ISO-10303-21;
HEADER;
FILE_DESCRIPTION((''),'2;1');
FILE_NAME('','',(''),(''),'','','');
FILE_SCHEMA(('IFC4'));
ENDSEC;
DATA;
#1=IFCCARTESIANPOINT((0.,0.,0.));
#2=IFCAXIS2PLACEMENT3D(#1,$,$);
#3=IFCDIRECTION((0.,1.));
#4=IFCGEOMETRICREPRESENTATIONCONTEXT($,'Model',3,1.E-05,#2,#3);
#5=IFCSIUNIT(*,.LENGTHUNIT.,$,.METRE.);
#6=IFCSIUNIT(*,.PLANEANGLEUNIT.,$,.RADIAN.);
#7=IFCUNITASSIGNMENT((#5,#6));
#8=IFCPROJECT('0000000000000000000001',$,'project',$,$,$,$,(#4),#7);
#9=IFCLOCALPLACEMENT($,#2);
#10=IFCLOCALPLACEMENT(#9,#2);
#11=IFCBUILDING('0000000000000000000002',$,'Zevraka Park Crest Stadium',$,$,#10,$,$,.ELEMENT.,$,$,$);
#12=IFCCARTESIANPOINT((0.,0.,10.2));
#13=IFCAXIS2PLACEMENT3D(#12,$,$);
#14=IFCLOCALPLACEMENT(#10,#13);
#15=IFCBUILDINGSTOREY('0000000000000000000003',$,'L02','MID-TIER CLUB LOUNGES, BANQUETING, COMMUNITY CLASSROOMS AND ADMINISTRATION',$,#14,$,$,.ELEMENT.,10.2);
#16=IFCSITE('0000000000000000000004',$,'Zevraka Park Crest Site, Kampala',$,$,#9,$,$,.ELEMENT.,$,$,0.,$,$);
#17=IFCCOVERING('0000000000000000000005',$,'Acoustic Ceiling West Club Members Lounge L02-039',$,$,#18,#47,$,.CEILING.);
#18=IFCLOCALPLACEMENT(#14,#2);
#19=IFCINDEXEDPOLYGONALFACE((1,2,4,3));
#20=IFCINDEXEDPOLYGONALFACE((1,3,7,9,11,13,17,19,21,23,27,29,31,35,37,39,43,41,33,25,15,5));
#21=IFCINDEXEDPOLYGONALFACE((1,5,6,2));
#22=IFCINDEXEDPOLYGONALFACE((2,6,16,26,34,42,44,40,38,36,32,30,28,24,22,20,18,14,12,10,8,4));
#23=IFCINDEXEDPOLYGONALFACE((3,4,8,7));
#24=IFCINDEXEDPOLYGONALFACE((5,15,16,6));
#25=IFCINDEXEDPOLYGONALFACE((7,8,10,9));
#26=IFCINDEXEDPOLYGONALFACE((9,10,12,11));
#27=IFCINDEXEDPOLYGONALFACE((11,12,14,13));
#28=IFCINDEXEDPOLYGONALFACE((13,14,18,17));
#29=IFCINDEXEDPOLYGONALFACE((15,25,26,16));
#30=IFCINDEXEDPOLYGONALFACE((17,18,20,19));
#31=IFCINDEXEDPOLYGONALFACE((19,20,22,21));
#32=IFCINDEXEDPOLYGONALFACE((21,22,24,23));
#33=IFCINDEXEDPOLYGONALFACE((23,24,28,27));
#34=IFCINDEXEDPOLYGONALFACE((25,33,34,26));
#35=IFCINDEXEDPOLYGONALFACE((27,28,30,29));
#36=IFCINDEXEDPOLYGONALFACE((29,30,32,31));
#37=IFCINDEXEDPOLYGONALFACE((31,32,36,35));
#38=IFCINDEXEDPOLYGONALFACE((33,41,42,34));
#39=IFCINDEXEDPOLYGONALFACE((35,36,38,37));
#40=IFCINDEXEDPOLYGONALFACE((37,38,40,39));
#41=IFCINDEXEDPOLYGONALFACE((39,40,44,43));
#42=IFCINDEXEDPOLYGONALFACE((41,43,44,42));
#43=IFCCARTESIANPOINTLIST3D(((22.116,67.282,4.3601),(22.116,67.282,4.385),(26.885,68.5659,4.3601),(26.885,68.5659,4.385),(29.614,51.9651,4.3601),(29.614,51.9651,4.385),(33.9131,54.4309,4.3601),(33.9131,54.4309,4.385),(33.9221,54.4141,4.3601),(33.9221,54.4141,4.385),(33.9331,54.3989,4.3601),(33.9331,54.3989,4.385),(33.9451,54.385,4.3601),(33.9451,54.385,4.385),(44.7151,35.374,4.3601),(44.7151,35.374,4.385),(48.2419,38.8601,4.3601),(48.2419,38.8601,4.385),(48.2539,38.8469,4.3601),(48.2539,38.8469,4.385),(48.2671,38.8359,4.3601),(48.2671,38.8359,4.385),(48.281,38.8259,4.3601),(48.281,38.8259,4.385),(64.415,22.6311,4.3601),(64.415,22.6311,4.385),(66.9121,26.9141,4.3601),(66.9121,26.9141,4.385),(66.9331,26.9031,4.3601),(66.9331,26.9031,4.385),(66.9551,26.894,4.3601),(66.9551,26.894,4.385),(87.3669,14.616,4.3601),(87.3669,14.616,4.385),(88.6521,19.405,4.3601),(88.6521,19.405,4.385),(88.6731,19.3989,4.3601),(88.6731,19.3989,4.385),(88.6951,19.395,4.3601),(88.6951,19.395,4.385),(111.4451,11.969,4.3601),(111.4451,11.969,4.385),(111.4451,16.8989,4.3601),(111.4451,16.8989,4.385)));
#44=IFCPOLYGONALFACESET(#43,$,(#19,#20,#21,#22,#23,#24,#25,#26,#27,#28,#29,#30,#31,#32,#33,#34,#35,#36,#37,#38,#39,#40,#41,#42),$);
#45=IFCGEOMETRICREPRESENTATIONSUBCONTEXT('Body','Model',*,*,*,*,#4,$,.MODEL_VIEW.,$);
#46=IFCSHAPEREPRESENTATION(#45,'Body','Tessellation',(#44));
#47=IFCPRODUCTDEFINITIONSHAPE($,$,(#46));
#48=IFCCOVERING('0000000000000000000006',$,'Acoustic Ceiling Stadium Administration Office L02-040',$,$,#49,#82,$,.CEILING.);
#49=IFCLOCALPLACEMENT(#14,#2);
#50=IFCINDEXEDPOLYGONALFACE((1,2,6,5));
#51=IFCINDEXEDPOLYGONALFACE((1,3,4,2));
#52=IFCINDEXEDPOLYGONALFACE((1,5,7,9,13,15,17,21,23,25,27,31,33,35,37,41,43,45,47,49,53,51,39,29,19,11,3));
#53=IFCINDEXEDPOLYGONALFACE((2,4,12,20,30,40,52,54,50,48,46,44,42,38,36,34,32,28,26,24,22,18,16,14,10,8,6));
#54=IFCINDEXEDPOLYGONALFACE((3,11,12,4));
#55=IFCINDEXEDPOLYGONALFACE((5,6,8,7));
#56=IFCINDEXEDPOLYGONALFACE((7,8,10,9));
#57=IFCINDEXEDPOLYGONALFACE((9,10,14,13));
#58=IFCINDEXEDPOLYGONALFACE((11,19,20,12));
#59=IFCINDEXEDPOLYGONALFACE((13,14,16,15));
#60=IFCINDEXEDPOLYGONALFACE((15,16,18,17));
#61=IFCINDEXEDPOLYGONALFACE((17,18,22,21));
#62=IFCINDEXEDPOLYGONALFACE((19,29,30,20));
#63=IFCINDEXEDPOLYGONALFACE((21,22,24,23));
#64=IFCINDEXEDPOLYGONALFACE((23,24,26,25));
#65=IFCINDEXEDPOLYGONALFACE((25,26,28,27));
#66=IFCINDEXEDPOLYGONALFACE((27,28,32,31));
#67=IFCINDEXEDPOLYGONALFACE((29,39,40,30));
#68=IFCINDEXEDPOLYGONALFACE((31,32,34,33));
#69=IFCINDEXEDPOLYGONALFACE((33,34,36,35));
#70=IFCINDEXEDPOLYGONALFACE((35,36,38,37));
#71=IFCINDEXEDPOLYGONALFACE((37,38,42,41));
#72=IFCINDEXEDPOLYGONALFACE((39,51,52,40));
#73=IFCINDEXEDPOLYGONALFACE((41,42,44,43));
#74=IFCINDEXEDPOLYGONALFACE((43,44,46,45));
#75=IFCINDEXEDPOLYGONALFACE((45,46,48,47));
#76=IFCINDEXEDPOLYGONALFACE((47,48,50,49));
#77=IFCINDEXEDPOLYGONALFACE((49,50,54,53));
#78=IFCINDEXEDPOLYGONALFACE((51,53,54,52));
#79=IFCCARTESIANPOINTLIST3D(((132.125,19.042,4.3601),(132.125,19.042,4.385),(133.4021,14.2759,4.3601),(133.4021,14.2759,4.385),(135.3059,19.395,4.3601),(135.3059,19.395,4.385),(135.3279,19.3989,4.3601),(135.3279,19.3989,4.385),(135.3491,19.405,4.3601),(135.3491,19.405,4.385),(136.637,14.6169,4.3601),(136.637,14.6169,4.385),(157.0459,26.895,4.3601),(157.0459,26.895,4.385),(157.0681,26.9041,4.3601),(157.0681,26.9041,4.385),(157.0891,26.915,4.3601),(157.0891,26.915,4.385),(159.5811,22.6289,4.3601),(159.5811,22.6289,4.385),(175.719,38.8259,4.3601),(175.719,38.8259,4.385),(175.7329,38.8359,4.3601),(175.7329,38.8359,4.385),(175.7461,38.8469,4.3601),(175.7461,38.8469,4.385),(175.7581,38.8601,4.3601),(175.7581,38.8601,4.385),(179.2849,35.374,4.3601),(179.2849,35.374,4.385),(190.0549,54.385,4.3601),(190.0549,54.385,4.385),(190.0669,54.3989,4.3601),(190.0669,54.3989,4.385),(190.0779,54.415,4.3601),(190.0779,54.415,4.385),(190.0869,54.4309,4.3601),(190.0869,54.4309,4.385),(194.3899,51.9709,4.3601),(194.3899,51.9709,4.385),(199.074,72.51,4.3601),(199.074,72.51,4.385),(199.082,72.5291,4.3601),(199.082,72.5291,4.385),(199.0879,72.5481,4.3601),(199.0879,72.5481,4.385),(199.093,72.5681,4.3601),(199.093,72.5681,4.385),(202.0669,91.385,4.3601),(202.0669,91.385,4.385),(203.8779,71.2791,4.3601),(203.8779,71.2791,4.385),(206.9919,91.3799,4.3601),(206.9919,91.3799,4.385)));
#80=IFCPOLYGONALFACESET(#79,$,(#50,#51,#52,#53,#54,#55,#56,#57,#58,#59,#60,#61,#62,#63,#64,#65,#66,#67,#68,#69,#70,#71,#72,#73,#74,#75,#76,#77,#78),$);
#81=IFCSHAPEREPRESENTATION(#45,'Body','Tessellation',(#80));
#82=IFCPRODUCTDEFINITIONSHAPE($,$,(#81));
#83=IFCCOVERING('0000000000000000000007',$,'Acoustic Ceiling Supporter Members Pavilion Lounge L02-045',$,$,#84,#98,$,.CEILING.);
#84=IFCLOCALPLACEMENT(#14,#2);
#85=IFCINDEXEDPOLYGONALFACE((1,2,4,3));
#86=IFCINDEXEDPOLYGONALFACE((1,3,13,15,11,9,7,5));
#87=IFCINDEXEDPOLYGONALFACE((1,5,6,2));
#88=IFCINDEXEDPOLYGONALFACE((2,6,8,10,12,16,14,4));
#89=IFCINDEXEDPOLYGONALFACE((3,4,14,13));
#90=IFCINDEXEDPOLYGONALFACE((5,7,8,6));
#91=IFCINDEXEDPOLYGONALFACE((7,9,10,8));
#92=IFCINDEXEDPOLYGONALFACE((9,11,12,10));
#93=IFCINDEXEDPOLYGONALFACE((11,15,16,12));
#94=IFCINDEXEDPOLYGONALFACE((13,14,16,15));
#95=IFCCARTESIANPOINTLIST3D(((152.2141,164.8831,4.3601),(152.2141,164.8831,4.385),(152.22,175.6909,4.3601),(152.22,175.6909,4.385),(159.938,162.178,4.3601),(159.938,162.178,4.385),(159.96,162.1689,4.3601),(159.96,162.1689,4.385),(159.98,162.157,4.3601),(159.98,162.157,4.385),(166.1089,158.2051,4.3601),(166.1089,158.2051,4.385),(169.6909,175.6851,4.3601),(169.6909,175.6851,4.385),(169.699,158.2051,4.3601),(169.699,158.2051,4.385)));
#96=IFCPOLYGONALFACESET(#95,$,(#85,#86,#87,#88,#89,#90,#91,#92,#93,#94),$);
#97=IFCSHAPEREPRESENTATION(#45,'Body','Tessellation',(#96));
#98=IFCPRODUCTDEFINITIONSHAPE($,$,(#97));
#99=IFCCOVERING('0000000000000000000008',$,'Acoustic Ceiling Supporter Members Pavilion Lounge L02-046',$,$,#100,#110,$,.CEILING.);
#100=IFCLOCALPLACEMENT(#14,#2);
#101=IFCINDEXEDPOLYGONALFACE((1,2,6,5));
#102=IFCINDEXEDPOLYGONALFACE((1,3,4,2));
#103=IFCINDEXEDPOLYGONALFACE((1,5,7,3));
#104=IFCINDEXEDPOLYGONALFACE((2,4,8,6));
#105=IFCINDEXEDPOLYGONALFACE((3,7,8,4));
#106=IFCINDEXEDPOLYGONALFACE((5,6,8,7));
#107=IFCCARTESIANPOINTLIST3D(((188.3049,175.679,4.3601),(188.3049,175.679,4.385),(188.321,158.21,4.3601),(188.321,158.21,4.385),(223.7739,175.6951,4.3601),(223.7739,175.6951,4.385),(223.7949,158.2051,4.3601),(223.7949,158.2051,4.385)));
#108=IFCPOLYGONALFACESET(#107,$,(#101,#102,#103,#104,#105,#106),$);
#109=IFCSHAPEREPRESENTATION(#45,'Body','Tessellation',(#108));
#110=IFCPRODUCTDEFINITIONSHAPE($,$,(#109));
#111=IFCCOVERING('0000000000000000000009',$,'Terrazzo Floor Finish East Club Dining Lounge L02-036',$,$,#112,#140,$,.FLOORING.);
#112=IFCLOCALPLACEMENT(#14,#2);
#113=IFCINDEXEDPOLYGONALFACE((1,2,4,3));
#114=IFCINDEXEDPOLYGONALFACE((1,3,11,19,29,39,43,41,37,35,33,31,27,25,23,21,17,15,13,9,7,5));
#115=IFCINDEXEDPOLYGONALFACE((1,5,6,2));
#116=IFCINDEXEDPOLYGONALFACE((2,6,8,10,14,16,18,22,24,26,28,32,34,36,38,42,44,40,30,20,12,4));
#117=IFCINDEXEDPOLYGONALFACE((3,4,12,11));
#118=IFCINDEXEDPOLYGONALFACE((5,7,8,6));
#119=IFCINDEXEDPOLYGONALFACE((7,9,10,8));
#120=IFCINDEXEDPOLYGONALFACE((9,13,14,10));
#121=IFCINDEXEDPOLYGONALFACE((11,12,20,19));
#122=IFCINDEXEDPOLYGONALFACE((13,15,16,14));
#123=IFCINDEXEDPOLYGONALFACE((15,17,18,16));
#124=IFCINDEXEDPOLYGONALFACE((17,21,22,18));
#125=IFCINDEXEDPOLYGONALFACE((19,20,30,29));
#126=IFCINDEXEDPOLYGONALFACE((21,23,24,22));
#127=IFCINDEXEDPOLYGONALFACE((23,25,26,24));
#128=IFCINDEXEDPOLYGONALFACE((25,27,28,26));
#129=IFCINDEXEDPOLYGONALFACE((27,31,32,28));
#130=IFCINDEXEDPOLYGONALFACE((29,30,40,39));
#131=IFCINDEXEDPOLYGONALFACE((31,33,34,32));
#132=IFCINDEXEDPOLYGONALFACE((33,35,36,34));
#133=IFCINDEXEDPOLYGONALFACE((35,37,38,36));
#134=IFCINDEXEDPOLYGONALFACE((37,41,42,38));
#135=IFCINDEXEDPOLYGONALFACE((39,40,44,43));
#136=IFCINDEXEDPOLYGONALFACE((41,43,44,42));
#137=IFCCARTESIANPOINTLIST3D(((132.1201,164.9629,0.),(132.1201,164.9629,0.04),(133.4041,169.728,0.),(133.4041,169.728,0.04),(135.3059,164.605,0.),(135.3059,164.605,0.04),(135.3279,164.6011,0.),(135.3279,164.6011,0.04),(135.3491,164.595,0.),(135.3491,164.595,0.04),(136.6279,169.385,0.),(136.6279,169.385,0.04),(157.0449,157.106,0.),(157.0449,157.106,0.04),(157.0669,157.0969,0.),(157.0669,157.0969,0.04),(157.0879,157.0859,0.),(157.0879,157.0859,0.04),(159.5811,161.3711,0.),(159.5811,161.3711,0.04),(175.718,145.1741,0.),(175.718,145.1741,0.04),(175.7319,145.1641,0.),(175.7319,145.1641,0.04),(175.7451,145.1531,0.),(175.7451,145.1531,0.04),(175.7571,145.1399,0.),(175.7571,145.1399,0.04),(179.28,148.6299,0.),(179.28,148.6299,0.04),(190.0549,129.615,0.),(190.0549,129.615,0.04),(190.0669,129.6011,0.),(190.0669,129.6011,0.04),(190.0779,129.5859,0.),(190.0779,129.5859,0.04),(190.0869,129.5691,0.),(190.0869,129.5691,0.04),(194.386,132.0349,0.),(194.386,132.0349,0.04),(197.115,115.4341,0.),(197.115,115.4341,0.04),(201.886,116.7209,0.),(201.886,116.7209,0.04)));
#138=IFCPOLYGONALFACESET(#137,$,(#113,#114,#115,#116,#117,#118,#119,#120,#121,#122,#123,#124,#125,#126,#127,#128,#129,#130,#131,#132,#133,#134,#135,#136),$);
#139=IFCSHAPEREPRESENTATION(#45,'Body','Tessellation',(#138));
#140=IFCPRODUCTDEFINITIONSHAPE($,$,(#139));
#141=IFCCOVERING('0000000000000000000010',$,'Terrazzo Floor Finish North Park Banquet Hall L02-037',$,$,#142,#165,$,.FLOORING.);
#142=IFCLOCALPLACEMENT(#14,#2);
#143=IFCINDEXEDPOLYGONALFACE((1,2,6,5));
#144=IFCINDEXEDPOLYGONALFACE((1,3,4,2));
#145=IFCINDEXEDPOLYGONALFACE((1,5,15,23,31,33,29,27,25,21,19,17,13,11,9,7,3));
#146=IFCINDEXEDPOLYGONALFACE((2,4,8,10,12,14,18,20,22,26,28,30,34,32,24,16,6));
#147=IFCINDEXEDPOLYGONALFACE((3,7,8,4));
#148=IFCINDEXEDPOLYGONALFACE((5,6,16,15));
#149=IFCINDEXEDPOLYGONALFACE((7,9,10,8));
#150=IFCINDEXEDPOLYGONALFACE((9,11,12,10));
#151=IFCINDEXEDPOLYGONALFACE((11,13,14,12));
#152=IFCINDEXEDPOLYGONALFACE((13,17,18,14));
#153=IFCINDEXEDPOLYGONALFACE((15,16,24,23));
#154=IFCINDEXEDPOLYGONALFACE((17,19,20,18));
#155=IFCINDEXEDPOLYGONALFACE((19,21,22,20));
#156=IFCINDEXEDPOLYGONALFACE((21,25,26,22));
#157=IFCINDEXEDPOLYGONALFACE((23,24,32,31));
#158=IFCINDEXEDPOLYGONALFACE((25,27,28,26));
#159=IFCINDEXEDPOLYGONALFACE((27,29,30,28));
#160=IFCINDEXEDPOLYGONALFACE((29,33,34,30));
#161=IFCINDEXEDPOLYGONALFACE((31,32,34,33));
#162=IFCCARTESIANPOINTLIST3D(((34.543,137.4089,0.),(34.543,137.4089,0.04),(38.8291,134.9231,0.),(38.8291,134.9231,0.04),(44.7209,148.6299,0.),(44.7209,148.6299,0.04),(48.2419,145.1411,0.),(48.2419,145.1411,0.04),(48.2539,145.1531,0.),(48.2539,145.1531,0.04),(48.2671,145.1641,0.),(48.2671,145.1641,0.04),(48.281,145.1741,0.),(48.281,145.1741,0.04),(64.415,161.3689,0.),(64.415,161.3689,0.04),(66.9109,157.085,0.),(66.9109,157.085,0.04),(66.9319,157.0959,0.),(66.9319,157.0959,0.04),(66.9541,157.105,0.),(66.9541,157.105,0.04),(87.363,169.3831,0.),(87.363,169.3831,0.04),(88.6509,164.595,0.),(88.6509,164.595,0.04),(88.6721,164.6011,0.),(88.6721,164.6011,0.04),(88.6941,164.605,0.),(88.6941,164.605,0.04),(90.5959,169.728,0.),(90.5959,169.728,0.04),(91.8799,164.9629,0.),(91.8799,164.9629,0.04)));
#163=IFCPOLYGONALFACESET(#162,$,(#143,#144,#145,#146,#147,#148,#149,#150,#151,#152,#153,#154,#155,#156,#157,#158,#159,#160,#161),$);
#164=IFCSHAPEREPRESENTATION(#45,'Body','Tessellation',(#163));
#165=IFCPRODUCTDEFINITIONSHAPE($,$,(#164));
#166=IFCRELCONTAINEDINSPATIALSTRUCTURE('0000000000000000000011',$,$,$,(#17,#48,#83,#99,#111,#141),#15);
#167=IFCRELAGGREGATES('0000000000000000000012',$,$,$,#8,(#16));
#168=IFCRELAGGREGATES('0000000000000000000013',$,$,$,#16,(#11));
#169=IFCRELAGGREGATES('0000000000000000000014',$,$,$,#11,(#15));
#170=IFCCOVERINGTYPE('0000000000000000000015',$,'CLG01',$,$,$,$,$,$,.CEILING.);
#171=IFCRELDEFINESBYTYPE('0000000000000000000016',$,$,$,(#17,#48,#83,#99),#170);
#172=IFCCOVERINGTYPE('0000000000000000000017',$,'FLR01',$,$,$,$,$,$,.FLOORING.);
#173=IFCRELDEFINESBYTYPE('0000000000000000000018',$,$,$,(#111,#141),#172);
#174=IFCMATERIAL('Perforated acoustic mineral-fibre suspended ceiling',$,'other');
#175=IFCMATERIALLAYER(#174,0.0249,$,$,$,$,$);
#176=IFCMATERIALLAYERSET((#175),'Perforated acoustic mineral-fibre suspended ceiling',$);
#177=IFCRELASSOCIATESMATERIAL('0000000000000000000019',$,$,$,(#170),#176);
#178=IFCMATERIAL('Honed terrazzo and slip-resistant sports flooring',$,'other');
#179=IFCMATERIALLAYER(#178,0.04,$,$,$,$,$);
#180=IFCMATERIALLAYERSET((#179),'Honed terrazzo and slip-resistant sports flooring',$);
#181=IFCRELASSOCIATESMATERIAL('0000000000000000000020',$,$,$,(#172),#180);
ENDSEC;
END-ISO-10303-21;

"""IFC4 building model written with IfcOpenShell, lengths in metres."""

from ifc_helpers import new_model, si_unit, direction, frame, origin, place, context, subcontext, project, spatial, polyline, outline, extrude, material, layer, layer_set, type_object, element, save


model = new_model("IFC4")

# Units and contexts
model_context = context("Model", 3, precision=1e-05, world=origin(), true_north=direction((0.0, 1.0)))
body_context = subcontext(model_context, "Body", "Model", "MODEL_VIEW")
ifc_project = project(units=[si_unit("LENGTHUNIT", "METRE"), si_unit("PLANEANGLEUNIT", "RADIAN")], contexts=[model_context])

# Site, building, storey
site_placement = place(None, origin())
site = spatial("IfcSite", under=ifc_project, at=site_placement, Name="Zevraka Park Crest Site, Kampala", CompositionType="ELEMENT", RefElevation=0.0)
building_placement = place(site_placement, origin())
building = spatial("IfcBuilding", under=site, at=building_placement, Name="Zevraka Park Crest Stadium", CompositionType="ELEMENT")
storey_placement = place(building_placement, frame((0.0, 0.0, 10.2)))
storey = spatial("IfcBuildingStorey", under=building, at=storey_placement, Name="L02", Description="MID-TIER CLUB LOUNGES, BANQUETING, COMMUNITY CLASSROOMS AND ADMINISTRATION", CompositionType="ELEMENT", Elevation=10.2)

# Coverings
ifc_material_1 = material(Name="Perforated acoustic mineral-fibre suspended ceiling", Category="other")
ifc_layer_1 = layer(ifc_material_1, 0.0249)
ifc_layer_set_1 = layer_set([ifc_layer_1], Name="Perforated acoustic mineral-fibre suspended ceiling")
covering_type_1 = type_object("IfcCoveringType", Name="CLG01", PredefinedType="CEILING", material=ifc_layer_set_1)
covering_1_placement = place(storey_placement, frame((0.0, 0.0, 4.3601)))
element("IfcCovering", 1, at=covering_1_placement, inside=storey, type_object=covering_type_1, Name="Acoustic Ceiling West Club Members Lounge L02-039", PredefinedType="CEILING", context=body_context, shape_type="SweptSolid", body=[
    extrude(outline(polyline([(33.9131, 54.4309), (33.9221, 54.4141), (33.9331, 54.3989), (33.9451, 54.385), (48.2419, 38.8601), (48.2539, 38.8469), (48.2671, 38.8359), (48.281, 38.8259), (66.9121, 26.9141), (66.9331, 26.9031), (66.9551, 26.894), (88.6521, 19.405), (88.6731, 19.3989), (88.6951, 19.395), (111.4451, 16.8989), (111.4451, 11.969), (87.3669, 14.616), (64.415, 22.6311), (44.7151, 35.374), (29.614, 51.9651), (22.116, 67.282), (26.885, 68.5659), (33.9131, 54.4309)])), origin(), (0.0, 0.0, 1.0), 0.0249),
])
covering_2_placement = place(storey_placement, frame((0.0, 0.0, 4.3601)))
element("IfcCovering", 2, at=covering_2_placement, inside=storey, type_object=covering_type_1, Name="Acoustic Ceiling Stadium Administration Office L02-040", PredefinedType="CEILING", context=body_context, shape_type="SweptSolid", body=[
    extrude(outline(polyline([(190.0549, 54.385), (190.0669, 54.3989), (190.0779, 54.415), (190.0869, 54.4309), (199.074, 72.51), (199.082, 72.5291), (199.0879, 72.5481), (199.093, 72.5681), (202.0669, 91.385), (206.9919, 91.3799), (203.8779, 71.2791), (194.3899, 51.9709), (179.2849, 35.374), (159.5811, 22.6289), (136.637, 14.6169), (133.4021, 14.2759), (132.125, 19.042), (135.3059, 19.395), (135.3279, 19.3989), (135.3491, 19.405), (157.0459, 26.895), (157.0681, 26.9041), (157.0891, 26.915), (175.719, 38.8259), (175.7329, 38.8359), (175.7461, 38.8469), (175.7581, 38.8601), (190.0549, 54.385)])), origin(), (0.0, 0.0, 1.0), 0.0249),
])
covering_3_placement = place(storey_placement, frame((0.0, 0.0, 4.3601)))
element("IfcCovering", 3, at=covering_3_placement, inside=storey, type_object=covering_type_1, Name="Acoustic Ceiling Supporter Members Pavilion Lounge L02-045", PredefinedType="CEILING", context=body_context, shape_type="SweptSolid", body=[
    extrude(outline(polyline([(166.1089, 158.2051), (159.98, 162.157), (159.96, 162.1689), (159.938, 162.178), (152.2141, 164.8831), (152.22, 175.6909), (169.6909, 175.6851), (169.699, 158.2051), (166.1089, 158.2051)])), origin(), (0.0, 0.0, 1.0), 0.0249),
])
covering_4_placement = place(storey_placement, frame((0.0, 0.0, 4.3601)))
element("IfcCovering", 4, at=covering_4_placement, inside=storey, type_object=covering_type_1, Name="Acoustic Ceiling Supporter Members Pavilion Lounge L02-046", PredefinedType="CEILING", context=body_context, shape_type="SweptSolid", body=[
    extrude(outline(polyline([(223.7949, 158.2051), (188.321, 158.21), (188.3049, 175.679), (223.7739, 175.6951), (223.7949, 158.2051)])), origin(), (0.0, 0.0, 1.0), 0.0249),
])
ifc_material_2 = material(Name="Honed terrazzo and slip-resistant sports flooring", Category="other")
ifc_layer_2 = layer(ifc_material_2, 0.04)
ifc_layer_set_2 = layer_set([ifc_layer_2], Name="Honed terrazzo and slip-resistant sports flooring")
covering_type_2 = type_object("IfcCoveringType", Name="FLR01", PredefinedType="FLOORING", material=ifc_layer_set_2)
covering_5_placement = place(storey_placement, origin())
element("IfcCovering", 5, at=covering_5_placement, inside=storey, type_object=covering_type_2, Name="Terrazzo Floor Finish East Club Dining Lounge L02-036", PredefinedType="FLOORING", context=body_context, shape_type="SweptSolid", body=[
    extrude(outline(polyline([(136.6279, 169.385), (159.5811, 161.3711), (179.28, 148.6299), (194.386, 132.0349), (201.886, 116.7209), (197.115, 115.4341), (190.0869, 129.5691), (190.0779, 129.5859), (190.0669, 129.6011), (190.0549, 129.615), (175.7571, 145.1399), (175.7451, 145.1531), (175.7319, 145.1641), (175.718, 145.1741), (157.0879, 157.0859), (157.0669, 157.0969), (157.0449, 157.106), (135.3491, 164.595), (135.3279, 164.6011), (135.3059, 164.605), (132.1201, 164.9629), (133.4041, 169.728), (136.6279, 169.385)])), origin(), (0.0, 0.0, 1.0), 0.04),
])
covering_6_placement = place(storey_placement, origin())
element("IfcCovering", 6, at=covering_6_placement, inside=storey, type_object=covering_type_2, Name="Terrazzo Floor Finish North Park Banquet Hall L02-037", PredefinedType="FLOORING", context=body_context, shape_type="SweptSolid", body=[
    extrude(outline(polyline([(87.363, 169.3831), (90.5959, 169.728), (91.8799, 164.9629), (88.6941, 164.605), (88.6721, 164.6011), (88.6509, 164.595), (66.9541, 157.105), (66.9319, 157.0959), (66.9109, 157.085), (48.281, 145.1741), (48.2671, 145.1641), (48.2539, 145.1531), (48.2419, 145.1411), (38.8291, 134.9231), (34.543, 137.4089), (44.7209, 148.6299), (64.415, 161.3689), (87.363, 169.3831)])), origin(), (0.0, 0.0, 1.0), 0.04),
])

save(model, "model.ifc")
